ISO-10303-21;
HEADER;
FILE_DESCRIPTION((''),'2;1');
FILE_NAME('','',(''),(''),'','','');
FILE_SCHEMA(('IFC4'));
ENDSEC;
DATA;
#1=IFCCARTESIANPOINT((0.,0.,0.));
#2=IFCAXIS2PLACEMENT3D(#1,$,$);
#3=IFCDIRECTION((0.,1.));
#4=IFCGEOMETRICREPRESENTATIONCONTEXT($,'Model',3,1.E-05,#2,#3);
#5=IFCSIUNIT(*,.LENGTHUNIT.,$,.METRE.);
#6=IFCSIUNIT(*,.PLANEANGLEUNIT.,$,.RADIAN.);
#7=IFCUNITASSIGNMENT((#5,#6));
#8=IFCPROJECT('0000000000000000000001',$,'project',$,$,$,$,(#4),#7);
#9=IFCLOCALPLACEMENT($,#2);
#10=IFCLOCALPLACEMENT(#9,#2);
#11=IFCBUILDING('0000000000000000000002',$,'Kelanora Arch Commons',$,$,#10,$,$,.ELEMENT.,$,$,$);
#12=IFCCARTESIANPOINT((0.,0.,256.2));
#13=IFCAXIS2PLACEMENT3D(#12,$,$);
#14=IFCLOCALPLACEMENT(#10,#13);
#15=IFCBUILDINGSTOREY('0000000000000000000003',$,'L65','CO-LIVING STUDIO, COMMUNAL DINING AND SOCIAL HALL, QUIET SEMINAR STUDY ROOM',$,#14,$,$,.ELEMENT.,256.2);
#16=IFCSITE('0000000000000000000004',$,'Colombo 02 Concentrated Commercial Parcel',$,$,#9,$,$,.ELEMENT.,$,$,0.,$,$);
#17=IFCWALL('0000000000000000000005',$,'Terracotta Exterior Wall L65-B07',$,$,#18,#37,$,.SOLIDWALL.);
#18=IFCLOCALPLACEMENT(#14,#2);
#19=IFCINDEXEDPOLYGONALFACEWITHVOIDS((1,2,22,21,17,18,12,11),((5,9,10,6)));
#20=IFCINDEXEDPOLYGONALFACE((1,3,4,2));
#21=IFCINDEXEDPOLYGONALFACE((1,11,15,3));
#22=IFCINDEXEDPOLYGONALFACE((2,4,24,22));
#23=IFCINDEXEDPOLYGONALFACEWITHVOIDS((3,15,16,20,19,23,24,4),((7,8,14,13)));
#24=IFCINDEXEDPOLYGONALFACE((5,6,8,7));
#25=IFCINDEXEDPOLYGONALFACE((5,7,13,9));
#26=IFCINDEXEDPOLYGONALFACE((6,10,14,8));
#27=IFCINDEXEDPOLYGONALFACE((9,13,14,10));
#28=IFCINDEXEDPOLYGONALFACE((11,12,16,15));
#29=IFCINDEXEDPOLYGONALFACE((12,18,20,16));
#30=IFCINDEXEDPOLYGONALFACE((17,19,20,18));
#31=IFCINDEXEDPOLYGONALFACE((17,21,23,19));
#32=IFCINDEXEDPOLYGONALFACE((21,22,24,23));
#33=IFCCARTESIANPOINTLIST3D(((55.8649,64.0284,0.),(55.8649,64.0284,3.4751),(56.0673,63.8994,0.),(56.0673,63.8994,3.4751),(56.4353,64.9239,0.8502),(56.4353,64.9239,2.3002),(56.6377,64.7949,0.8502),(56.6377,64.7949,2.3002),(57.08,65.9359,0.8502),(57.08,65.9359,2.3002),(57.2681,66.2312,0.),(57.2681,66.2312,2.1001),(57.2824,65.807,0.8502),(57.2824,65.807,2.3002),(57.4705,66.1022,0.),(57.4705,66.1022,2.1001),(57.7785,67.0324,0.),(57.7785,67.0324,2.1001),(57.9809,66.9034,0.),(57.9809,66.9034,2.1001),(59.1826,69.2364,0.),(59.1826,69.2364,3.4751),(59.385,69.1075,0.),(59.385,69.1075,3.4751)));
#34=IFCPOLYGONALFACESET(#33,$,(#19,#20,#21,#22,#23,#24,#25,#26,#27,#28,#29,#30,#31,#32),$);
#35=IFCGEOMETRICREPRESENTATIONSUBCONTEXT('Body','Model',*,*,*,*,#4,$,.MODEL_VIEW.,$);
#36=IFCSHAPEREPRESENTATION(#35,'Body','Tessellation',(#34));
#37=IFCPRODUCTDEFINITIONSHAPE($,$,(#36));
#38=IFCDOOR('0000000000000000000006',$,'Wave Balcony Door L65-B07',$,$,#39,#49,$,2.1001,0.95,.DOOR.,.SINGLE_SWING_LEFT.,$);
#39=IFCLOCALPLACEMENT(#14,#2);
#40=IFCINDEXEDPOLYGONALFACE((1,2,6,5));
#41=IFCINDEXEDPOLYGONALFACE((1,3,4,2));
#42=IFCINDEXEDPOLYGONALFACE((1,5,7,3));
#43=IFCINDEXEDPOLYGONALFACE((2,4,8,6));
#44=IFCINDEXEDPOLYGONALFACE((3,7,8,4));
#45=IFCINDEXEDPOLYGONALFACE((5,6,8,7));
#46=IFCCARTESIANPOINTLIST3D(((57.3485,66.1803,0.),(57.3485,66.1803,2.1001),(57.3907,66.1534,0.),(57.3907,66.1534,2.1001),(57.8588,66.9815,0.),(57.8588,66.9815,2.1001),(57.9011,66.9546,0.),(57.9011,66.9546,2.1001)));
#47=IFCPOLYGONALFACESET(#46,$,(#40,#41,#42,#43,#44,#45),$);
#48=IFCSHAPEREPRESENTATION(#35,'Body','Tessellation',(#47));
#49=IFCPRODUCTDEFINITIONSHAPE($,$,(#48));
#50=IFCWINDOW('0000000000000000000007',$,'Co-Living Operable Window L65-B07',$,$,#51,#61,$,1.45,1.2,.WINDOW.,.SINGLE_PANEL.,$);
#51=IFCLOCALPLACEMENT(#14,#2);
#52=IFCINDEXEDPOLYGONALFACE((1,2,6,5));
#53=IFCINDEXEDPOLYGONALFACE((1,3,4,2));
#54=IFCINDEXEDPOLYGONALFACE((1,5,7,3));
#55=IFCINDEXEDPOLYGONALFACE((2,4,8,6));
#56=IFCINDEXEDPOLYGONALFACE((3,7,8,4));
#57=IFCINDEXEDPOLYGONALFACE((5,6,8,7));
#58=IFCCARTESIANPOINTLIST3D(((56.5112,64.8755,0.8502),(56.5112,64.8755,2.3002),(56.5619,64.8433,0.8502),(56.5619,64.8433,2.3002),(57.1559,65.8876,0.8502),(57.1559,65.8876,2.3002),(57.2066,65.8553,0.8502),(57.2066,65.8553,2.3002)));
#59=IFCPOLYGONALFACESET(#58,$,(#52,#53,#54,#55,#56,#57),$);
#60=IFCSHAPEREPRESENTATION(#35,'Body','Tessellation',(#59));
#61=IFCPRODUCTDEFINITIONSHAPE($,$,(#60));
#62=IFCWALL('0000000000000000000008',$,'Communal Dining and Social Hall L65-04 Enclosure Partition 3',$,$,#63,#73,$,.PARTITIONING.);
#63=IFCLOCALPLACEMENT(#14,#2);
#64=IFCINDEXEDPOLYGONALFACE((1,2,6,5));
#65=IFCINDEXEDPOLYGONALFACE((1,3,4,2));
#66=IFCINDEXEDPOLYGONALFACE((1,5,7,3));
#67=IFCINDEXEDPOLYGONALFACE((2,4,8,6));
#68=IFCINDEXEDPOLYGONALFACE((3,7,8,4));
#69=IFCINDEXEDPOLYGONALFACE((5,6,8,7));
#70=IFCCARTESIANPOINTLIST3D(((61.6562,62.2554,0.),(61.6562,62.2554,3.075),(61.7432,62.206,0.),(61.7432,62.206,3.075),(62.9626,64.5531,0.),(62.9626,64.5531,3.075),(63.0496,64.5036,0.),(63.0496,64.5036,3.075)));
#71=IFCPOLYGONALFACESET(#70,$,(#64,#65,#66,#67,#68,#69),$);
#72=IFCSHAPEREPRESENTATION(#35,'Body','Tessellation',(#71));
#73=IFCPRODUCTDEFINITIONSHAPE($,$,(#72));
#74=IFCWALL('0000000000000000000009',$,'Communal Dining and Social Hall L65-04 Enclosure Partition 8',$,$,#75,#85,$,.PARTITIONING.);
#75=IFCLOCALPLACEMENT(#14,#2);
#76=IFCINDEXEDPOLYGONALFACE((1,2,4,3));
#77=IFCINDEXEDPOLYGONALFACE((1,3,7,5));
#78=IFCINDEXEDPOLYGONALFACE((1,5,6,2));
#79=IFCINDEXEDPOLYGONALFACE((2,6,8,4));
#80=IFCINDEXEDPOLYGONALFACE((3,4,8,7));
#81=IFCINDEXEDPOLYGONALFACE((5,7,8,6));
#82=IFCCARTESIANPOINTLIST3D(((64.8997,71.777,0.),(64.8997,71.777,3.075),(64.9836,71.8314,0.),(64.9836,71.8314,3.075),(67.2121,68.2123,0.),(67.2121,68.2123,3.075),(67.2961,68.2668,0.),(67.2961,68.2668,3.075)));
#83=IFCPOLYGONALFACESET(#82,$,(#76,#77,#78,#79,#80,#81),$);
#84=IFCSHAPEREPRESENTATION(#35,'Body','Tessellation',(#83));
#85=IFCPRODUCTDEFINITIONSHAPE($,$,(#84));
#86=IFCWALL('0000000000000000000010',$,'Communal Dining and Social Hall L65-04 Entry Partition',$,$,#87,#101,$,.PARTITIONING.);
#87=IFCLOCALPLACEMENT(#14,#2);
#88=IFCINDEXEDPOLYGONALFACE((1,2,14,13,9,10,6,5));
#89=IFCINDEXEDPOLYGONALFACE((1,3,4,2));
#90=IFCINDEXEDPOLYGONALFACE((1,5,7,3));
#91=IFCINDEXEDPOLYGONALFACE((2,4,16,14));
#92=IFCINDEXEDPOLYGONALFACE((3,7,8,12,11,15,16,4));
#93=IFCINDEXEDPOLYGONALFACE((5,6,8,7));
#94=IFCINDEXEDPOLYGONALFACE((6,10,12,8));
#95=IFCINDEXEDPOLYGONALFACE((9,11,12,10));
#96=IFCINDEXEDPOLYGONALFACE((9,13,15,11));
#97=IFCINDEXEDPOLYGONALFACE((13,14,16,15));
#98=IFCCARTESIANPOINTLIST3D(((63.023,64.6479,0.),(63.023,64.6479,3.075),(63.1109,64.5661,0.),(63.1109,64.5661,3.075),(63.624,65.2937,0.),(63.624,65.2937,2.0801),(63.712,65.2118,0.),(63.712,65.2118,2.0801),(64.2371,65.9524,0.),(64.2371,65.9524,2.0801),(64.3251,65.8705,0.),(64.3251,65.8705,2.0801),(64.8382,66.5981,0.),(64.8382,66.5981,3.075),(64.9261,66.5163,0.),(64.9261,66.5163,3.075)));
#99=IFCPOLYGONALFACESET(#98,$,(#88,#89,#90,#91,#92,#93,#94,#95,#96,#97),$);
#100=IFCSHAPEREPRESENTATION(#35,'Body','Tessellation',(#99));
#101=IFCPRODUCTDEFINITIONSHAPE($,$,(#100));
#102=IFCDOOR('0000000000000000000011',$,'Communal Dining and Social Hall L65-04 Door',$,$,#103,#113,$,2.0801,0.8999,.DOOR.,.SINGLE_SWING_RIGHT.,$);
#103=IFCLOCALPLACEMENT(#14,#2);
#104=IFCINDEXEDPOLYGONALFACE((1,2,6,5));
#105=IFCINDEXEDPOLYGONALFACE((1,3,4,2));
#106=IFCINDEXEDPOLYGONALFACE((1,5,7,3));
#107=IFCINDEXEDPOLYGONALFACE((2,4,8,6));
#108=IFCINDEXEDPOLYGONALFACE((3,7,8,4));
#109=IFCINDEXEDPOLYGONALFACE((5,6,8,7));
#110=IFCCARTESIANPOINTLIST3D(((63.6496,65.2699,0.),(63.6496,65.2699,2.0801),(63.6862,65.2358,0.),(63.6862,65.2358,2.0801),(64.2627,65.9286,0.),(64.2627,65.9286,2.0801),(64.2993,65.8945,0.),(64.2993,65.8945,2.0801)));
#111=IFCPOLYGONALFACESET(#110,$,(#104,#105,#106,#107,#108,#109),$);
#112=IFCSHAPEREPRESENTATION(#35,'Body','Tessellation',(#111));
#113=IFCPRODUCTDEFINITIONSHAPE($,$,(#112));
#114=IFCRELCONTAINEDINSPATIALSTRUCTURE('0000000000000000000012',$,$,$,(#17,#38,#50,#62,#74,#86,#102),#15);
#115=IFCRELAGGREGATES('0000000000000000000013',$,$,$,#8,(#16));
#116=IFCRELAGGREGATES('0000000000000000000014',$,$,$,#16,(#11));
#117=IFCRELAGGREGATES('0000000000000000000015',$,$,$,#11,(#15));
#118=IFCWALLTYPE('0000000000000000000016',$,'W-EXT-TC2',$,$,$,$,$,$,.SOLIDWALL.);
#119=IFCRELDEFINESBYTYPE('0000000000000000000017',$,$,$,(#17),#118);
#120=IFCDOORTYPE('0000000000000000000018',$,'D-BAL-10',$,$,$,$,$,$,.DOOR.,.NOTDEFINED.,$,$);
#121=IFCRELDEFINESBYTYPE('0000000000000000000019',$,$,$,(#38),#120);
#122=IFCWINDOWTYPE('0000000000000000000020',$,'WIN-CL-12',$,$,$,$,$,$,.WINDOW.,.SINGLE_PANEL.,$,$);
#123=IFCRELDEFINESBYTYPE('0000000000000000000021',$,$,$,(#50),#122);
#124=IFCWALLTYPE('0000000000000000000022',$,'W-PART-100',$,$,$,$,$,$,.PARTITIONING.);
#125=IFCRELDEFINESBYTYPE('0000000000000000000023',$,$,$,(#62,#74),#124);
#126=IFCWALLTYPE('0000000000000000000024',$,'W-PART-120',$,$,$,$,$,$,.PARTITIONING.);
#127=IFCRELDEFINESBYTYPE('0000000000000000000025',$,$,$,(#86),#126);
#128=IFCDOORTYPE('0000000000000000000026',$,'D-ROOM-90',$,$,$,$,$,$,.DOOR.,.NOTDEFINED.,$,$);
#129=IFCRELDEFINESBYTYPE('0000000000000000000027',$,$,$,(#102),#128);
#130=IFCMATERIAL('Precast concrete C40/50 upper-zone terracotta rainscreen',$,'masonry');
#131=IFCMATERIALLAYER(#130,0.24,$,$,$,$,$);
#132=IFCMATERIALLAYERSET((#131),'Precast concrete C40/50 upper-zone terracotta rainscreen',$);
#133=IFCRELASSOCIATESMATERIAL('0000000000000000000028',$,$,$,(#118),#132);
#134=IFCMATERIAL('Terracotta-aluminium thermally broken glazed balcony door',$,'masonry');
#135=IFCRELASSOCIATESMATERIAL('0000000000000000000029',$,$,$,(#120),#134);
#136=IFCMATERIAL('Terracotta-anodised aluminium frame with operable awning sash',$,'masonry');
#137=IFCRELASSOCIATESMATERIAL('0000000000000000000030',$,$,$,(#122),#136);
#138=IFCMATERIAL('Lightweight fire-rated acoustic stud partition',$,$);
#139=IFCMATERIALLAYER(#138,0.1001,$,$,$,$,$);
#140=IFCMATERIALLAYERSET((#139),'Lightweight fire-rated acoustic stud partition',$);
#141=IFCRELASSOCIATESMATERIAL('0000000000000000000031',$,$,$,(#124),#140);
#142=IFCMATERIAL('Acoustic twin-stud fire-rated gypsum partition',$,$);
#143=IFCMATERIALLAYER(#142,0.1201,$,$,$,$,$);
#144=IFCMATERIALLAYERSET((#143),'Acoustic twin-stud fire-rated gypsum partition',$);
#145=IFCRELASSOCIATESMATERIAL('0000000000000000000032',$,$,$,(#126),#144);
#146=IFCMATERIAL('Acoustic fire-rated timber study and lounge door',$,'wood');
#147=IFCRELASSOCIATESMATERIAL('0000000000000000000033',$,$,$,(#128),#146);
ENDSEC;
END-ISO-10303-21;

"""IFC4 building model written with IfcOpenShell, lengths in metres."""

from ifc_helpers import new_model, si_unit, direction, frame, frame_2d, origin, place, context, subcontext, project, spatial, rectangle, extrude, material, layer, layer_set, type_object, element, fill, save


model = new_model("IFC4")

# Units and contexts
model_context = context("Model", 3, precision=1e-05, world=origin(), true_north=direction((0.0, 1.0)))
body_context = subcontext(model_context, "Body", "Model", "MODEL_VIEW")
ifc_project = project(units=[si_unit("LENGTHUNIT", "METRE"), si_unit("PLANEANGLEUNIT", "RADIAN")], contexts=[model_context])

# Site, building, storey
site_placement = place(None, origin())
site = spatial("IfcSite", under=ifc_project, at=site_placement, Name="Colombo 02 Concentrated Commercial Parcel", CompositionType="ELEMENT", RefElevation=0.0)
building_placement = place(site_placement, origin())
building = spatial("IfcBuilding", under=site, at=building_placement, Name="Kelanora Arch Commons", CompositionType="ELEMENT")
storey_placement = place(building_placement, frame((0.0, 0.0, 256.2)))
storey = spatial("IfcBuildingStorey", under=building, at=storey_placement, Name="L65", Description="CO-LIVING STUDIO, COMMUNAL DINING AND SOCIAL HALL, QUIET SEMINAR STUDY ROOM", CompositionType="ELEMENT", Elevation=256.2)

# Shared definitions
ifc_material_1 = material(Name="Precast concrete C40/50 upper-zone terracotta rainscreen", Category="masonry")
ifc_layer_1 = layer(ifc_material_1, 0.24)
ifc_layer_set_1 = layer_set([ifc_layer_1], Name="Precast concrete C40/50 upper-zone terracotta rainscreen")
wall_type_1 = type_object("IfcWallType", Name="W-EXT-TC2", PredefinedType="SOLIDWALL", material=ifc_layer_set_1)

# Wall, openings, door, window
wall_1_placement = place(storey_placement, frame((59.2837, 69.1719, 0.0), z_axis=(0.0, 0.0, 1.0), x_axis=(-0.537272, -0.843409, 0.0)))
wall_1 = element("IfcWall", 1, at=wall_1_placement, inside=storey, type_object=wall_type_1, Name="Terracotta Exterior Wall L65-B07", PredefinedType="SOLIDWALL", context=body_context, shape_type="SweptSolid", body=[
    extrude(rectangle(XDim=6.175, YDim=0.24, at=frame_2d((3.0874, 0.0))), origin(), (0.0, 0.0, 1.0), 3.4751),
])
opening_1_placement = place(wall_1_placement, frame((2.613, 0.0, 0.0)))
opening_1 = element("IfcOpeningElement", 2, at=opening_1_placement, cuts=wall_1, PredefinedType="OPENING", context=body_context, shape_type="SweptSolid", body=[
    extrude(rectangle(XDim=0.95, YDim=2.1001, at=frame_2d((0.4751, 1.05))), frame((0.0, 0.1299, 0.0), z_axis=(0.0, -1.0, 0.0), x_axis=(1.0, 0.0, 0.0)), (0.0, 0.0, 1.0), 0.26),
])
opening_2_placement = place(wall_1_placement, frame((3.9131, 0.0, 0.8501)))
opening_2 = element("IfcOpeningElement", 3, at=opening_2_placement, cuts=wall_1, PredefinedType="OPENING", context=body_context, shape_type="SweptSolid", body=[
    extrude(rectangle(XDim=1.2, YDim=1.45, at=frame_2d((0.6001, 0.7251))), frame((0.0, 0.1299, 0.0), z_axis=(0.0, -1.0, 0.0), x_axis=(1.0, 0.0, 0.0)), (0.0, 0.0, 1.0), 0.26),
])
ifc_material_2 = material(Name="Terracotta-aluminium thermally broken glazed balcony door", Category="masonry")
door_type_1 = type_object("IfcDoorType", Name="D-BAL-10", OperationType="NOTDEFINED", PredefinedType="DOOR", material=ifc_material_2)
door_1_placement = place(opening_1_placement, frame((0.95, 0.0, 0.0), z_axis=(0.0, 0.0, 1.0), x_axis=(-1.0, 0.0, 0.0)))
door_1 = element("IfcDoor", 4, at=door_1_placement, inside=storey, type_object=door_type_1, Name="Wave Balcony Door L65-B07", OperationType="SINGLE_SWING_LEFT", OverallHeight=2.1001, OverallWidth=0.95, PredefinedType="DOOR", context=body_context, shape_type="SweptSolid", body=[
    extrude(rectangle(XDim=0.95, YDim=2.1001, at=frame_2d((0.4751, 1.05))), frame((0.0, 0.0249, 0.0), z_axis=(0.0, -1.0, 0.0), x_axis=(1.0, 0.0, 0.0)), (0.0, 0.0, 1.0), 0.05),
])
fill(opening_1, door_1)
ifc_material_3 = material(Name="Terracotta-anodised aluminium frame with operable awning sash", Category="masonry")
window_type_1 = type_object("IfcWindowType", Name="WIN-CL-12", PartitioningType="SINGLE_PANEL", PredefinedType="WINDOW", material=ifc_material_3)
window_1_placement = place(opening_2_placement, origin())
window_1 = element("IfcWindow", 5, at=window_1_placement, inside=storey, type_object=window_type_1, Name="Co-Living Operable Window L65-B07", OverallHeight=1.45, OverallWidth=1.2, PartitioningType="SINGLE_PANEL", PredefinedType="WINDOW", context=body_context, shape_type="SweptSolid", body=[
    extrude(rectangle(XDim=1.2, YDim=1.45, at=frame_2d((0.6001, 0.7251))), frame((0.0, 0.03, 0.0), z_axis=(0.0, -1.0, 0.0), x_axis=(1.0, 0.0, 0.0)), (0.0, 0.0, 1.0), 0.0601),
])
fill(opening_2, window_1)

# Walls
ifc_material_4 = material(Name="Lightweight fire-rated acoustic stud partition")
ifc_layer_2 = layer(ifc_material_4, 0.1001)
ifc_layer_set_2 = layer_set([ifc_layer_2], Name="Lightweight fire-rated acoustic stud partition")
wall_type_2 = type_object("IfcWallType", Name="W-PART-100", PredefinedType="PARTITIONING", material=ifc_layer_set_2)
wall_2_placement = place(storey_placement, frame((63.0061, 64.5283, 0.0), z_axis=(0.0, 0.0, 1.0), x_axis=(-0.494278, -0.869304, 0.0)))
element("IfcWall", 6, at=wall_2_placement, inside=storey, type_object=wall_type_2, Name="Communal Dining and Social Hall L65-04 Enclosure Partition 3", PredefinedType="PARTITIONING", context=body_context, shape_type="SweptSolid", body=[
    extrude(rectangle(XDim=2.6431, YDim=0.1001, at=frame_2d((1.3215, 0.0))), origin(), (0.0, 0.0, 1.0), 3.075),
])
wall_3_placement = place(storey_placement, frame((64.9417, 71.8042, 0.0), z_axis=(0.0, 0.0, 1.0), x_axis=(0.544235, -0.838933, 0.0)))
element("IfcWall", 7, at=wall_3_placement, inside=storey, type_object=wall_type_2, Name="Communal Dining and Social Hall L65-04 Enclosure Partition 8", PredefinedType="PARTITIONING", context=body_context, shape_type="SweptSolid", body=[
    extrude(rectangle(XDim=4.249, YDim=0.1001, at=frame_2d((2.1245, 0.0))), origin(), (0.0, 0.0, 1.0), 3.075),
])

# Wall, opening, door
ifc_material_5 = material(Name="Acoustic twin-stud fire-rated gypsum partition")
ifc_layer_3 = layer(ifc_material_5, 0.1201)
ifc_layer_set_3 = layer_set([ifc_layer_3], Name="Acoustic twin-stud fire-rated gypsum partition")
wall_type_3 = type_object("IfcWallType", Name="W-PART-120", PredefinedType="PARTITIONING", material=ifc_layer_set_3)
wall_4_placement = place(storey_placement, frame((64.8821, 66.5571, 0.0), z_axis=(0.0, 0.0, 1.0), x_axis=(-0.681315, -0.73199, 0.0)))
wall_4 = element("IfcWall", 8, at=wall_4_placement, inside=storey, type_object=wall_type_3, Name="Communal Dining and Social Hall L65-04 Entry Partition", PredefinedType="PARTITIONING", context=body_context, shape_type="SweptSolid", body=[
    extrude(rectangle(XDim=2.6643, YDim=0.1201, at=frame_2d((1.332, 0.0))), origin(), (0.0, 0.0, 1.0), 3.075),
])
opening_3_placement = place(wall_4_placement, frame((0.8821, 0.0, 0.0)))
opening_3 = element("IfcOpeningElement", 9, at=opening_3_placement, cuts=wall_4, PredefinedType="OPENING", context=body_context, shape_type="SweptSolid", body=[
    extrude(rectangle(XDim=0.8999, YDim=2.0801, at=frame_2d((0.45, 1.04))), frame((0.0, 0.0701, 0.0), z_axis=(0.0, -1.0, 0.0), x_axis=(1.0, 0.0, 0.0)), (0.0, 0.0, 1.0), 0.1401),
])
ifc_material_6 = material(Name="Acoustic fire-rated timber study and lounge door", Category="wood")
door_type_2 = type_object("IfcDoorType", Name="D-ROOM-90", OperationType="NOTDEFINED", PredefinedType="DOOR", material=ifc_material_6)
door_2_placement = place(opening_3_placement, origin())
door_2 = element("IfcDoor", 10, at=door_2_placement, inside=storey, type_object=door_type_2, Name="Communal Dining and Social Hall L65-04 Door", OperationType="SINGLE_SWING_RIGHT", OverallHeight=2.0801, OverallWidth=0.8999, PredefinedType="DOOR", context=body_context, shape_type="SweptSolid", body=[
    extrude(rectangle(XDim=0.8999, YDim=2.0801, at=frame_2d((0.45, 1.04))), frame((0.0, 0.0249, 0.0), z_axis=(0.0, -1.0, 0.0), x_axis=(1.0, 0.0, 0.0)), (0.0, 0.0, 1.0), 0.05),
])
fill(opening_3, door_2)

save(model, "model.ifc")
